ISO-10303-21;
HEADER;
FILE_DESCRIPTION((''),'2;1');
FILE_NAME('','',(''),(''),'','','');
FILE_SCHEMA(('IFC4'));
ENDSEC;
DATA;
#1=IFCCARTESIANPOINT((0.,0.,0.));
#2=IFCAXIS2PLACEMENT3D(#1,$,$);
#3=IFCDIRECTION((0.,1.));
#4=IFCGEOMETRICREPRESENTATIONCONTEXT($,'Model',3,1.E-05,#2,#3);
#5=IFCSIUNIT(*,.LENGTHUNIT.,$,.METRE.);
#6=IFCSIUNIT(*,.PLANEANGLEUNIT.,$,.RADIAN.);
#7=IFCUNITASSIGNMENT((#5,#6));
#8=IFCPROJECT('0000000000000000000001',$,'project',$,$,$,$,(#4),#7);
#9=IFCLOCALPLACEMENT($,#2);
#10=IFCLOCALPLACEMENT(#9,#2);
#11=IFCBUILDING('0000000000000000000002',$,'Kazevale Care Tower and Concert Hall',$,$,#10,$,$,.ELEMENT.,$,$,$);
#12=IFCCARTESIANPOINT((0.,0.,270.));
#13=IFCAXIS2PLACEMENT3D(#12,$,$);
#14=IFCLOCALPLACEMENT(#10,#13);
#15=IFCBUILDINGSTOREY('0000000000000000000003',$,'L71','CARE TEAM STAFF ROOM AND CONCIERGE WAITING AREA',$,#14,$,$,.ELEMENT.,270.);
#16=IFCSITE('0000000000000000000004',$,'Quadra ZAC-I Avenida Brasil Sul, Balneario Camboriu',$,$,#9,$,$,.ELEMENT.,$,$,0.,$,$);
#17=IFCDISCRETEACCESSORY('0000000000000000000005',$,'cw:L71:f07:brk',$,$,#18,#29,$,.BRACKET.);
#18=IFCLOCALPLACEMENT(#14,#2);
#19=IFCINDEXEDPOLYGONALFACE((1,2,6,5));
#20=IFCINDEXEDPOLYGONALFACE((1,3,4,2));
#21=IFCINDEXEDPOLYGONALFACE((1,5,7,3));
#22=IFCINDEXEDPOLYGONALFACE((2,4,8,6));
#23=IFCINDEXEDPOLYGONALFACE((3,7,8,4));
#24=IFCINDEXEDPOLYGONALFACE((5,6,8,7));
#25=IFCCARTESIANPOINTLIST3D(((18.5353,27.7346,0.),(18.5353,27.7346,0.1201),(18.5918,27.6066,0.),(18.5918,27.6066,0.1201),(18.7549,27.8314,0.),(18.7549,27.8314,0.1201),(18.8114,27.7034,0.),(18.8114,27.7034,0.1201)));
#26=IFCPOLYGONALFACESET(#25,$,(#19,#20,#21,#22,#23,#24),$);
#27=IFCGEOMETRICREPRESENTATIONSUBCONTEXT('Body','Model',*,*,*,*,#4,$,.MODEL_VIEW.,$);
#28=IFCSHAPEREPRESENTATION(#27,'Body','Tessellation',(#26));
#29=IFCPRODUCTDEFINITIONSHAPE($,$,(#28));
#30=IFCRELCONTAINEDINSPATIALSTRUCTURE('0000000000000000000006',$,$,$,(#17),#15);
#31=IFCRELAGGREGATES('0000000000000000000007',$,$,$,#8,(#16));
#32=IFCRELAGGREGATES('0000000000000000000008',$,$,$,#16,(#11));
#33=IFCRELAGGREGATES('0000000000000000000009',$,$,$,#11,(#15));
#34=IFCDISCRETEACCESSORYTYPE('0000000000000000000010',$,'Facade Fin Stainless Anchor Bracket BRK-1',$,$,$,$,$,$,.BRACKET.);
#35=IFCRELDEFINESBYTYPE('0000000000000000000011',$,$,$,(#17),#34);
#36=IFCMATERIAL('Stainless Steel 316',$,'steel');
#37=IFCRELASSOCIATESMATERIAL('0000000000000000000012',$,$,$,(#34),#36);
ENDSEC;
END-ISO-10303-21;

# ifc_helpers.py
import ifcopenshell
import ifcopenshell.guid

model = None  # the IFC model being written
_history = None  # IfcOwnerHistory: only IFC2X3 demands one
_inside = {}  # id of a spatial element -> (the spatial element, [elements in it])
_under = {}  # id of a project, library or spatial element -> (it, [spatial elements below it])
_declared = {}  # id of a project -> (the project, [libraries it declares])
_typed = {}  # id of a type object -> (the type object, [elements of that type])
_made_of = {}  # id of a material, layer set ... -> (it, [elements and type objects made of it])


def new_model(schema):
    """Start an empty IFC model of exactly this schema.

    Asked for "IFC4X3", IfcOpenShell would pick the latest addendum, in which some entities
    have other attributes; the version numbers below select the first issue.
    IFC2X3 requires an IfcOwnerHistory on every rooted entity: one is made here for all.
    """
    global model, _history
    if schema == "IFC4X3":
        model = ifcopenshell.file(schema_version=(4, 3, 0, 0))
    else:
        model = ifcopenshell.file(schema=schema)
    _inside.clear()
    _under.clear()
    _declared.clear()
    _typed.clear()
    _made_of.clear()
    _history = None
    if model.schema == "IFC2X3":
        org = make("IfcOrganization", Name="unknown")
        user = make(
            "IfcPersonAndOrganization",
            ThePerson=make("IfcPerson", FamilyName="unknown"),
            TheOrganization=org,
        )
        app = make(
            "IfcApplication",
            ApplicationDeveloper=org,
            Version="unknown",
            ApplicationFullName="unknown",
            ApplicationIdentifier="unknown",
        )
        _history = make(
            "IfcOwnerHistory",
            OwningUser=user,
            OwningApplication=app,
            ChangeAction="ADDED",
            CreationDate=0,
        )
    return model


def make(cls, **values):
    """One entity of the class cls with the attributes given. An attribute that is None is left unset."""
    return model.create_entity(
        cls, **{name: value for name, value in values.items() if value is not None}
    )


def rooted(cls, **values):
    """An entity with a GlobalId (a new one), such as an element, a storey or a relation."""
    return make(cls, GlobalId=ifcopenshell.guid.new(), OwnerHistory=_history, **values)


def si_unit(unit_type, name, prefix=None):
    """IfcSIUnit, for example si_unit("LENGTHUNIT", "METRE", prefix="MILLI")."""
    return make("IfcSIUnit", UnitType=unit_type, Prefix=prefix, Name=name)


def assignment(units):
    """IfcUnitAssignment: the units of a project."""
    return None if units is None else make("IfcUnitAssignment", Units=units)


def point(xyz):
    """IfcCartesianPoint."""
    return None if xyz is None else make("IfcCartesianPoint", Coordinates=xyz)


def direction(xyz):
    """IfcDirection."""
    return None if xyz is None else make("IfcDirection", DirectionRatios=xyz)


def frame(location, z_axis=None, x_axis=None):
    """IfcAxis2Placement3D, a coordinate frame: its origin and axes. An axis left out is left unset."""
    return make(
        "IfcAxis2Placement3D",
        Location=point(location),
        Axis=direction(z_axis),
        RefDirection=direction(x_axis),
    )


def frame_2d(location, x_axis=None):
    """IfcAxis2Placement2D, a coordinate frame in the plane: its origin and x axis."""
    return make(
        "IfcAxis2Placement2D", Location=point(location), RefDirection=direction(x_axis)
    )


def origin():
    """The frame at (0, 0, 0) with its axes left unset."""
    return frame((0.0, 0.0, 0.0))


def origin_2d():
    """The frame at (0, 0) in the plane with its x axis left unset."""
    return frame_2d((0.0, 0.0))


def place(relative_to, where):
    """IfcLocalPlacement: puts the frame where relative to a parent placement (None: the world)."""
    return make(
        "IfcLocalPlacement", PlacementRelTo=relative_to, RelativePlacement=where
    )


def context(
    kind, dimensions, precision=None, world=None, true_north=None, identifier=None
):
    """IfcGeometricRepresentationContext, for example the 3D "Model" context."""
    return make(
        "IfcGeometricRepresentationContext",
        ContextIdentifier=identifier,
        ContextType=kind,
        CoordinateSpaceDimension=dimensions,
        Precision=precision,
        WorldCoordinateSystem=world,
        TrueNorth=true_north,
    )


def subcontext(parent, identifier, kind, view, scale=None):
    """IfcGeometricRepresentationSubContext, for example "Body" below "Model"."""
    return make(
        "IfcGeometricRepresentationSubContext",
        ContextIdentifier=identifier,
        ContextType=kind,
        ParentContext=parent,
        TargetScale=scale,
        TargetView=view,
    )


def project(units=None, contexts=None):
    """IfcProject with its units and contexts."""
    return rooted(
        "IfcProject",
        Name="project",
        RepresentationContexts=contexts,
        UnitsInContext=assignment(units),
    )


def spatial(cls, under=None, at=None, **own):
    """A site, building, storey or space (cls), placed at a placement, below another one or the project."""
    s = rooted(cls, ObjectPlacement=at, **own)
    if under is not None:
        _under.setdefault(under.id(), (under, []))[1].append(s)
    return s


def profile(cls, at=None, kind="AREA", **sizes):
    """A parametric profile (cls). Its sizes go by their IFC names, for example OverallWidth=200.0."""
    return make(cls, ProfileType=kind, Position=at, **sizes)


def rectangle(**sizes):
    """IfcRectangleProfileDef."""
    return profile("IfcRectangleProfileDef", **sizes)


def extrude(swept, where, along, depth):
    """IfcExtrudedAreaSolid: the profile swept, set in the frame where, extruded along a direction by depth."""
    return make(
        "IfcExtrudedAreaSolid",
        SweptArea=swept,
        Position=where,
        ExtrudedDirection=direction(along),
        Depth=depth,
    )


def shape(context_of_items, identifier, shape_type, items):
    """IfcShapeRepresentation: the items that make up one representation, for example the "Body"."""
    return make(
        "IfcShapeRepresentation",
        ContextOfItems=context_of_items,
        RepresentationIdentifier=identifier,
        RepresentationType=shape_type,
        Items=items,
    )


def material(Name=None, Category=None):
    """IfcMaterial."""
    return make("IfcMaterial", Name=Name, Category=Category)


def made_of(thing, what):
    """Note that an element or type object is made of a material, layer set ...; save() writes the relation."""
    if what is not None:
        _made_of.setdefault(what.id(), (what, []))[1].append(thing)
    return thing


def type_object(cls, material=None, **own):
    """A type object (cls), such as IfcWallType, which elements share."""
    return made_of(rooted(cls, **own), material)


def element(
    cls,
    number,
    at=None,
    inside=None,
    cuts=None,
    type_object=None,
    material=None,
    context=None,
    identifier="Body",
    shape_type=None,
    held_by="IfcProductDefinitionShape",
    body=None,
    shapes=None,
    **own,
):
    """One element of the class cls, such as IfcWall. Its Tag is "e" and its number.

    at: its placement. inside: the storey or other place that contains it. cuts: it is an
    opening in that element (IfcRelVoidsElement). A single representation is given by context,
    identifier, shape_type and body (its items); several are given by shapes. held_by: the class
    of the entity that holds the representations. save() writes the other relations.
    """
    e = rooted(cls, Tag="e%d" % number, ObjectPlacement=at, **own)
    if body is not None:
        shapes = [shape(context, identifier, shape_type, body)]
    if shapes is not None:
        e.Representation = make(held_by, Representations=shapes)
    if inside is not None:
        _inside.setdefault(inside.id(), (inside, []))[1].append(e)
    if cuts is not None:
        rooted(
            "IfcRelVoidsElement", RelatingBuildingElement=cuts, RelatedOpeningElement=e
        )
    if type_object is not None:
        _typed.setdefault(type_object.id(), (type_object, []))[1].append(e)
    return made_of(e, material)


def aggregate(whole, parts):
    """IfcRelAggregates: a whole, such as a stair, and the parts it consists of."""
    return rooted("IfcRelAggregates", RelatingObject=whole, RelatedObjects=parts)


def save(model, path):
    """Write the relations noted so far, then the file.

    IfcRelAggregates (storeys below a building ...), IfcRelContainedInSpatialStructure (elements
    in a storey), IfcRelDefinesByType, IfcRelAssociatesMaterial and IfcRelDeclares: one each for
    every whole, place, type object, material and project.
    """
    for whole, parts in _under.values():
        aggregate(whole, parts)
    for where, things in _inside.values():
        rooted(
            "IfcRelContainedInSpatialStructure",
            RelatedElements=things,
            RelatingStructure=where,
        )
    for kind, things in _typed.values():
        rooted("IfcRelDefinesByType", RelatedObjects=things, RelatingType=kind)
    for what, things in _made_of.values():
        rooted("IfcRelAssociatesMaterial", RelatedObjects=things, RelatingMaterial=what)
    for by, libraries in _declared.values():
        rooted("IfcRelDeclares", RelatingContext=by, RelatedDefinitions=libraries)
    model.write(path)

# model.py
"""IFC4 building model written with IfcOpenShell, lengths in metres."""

from ifc_helpers import new_model, si_unit, direction, frame, origin, origin_2d, place, context, subcontext, project, spatial, rectangle, extrude, material, type_object, element, save


model = new_model("IFC4")

# Units and contexts
model_context = context("Model", 3, precision=1e-05, world=origin(), true_north=direction((0.0, 1.0)))
body_context = subcontext(model_context, "Body", "Model", "MODEL_VIEW")
ifc_project = project(units=[si_unit("LENGTHUNIT", "METRE"), si_unit("PLANEANGLEUNIT", "RADIAN")], contexts=[model_context])

# Site, building, storey
site_placement = place(None, origin())
site = spatial("IfcSite", under=ifc_project, at=site_placement, Name="Quadra ZAC-I Avenida Brasil Sul, Balneario Camboriu", CompositionType="ELEMENT", RefElevation=0.0)
building_placement = place(site_placement, origin())
building = spatial("IfcBuilding", under=site, at=building_placement, Name="Kazevale Care Tower and Concert Hall", CompositionType="ELEMENT")
storey_placement = place(building_placement, frame((0.0, 0.0, 270.0)))
storey = spatial("IfcBuildingStorey", under=building, at=storey_placement, Name="L71", Description="CARE TEAM STAFF ROOM AND CONCIERGE WAITING AREA", CompositionType="ELEMENT", Elevation=270.0)

# Shared definitions
ifc_material_1 = material(Name="Stainless Steel 316", Category="steel")

# Discrete accessory
discrete_accessory_type = type_object("IfcDiscreteAccessoryType", Name="Facade Fin Stainless Anchor Bracket BRK-1", PredefinedType="BRACKET", material=ifc_material_1)
discrete_accessory_placement = place(storey_placement, frame((18.6733, 27.719, 0.0), z_axis=(0.0, 0.0, 1.0), x_axis=(-0.91496, -0.403545, 0.0)))
element("IfcDiscreteAccessory", 1, at=discrete_accessory_placement, inside=storey, type_object=discrete_accessory_type, Name="cw:L71:f07:brk", PredefinedType="BRACKET", context=body_context, shape_type="SweptSolid", body=[
    extrude(rectangle(XDim=0.24, YDim=0.1399, at=origin_2d()), origin(), (0.0, 0.0, 1.0), 0.1201),
])

save(model, "model.ifc")
